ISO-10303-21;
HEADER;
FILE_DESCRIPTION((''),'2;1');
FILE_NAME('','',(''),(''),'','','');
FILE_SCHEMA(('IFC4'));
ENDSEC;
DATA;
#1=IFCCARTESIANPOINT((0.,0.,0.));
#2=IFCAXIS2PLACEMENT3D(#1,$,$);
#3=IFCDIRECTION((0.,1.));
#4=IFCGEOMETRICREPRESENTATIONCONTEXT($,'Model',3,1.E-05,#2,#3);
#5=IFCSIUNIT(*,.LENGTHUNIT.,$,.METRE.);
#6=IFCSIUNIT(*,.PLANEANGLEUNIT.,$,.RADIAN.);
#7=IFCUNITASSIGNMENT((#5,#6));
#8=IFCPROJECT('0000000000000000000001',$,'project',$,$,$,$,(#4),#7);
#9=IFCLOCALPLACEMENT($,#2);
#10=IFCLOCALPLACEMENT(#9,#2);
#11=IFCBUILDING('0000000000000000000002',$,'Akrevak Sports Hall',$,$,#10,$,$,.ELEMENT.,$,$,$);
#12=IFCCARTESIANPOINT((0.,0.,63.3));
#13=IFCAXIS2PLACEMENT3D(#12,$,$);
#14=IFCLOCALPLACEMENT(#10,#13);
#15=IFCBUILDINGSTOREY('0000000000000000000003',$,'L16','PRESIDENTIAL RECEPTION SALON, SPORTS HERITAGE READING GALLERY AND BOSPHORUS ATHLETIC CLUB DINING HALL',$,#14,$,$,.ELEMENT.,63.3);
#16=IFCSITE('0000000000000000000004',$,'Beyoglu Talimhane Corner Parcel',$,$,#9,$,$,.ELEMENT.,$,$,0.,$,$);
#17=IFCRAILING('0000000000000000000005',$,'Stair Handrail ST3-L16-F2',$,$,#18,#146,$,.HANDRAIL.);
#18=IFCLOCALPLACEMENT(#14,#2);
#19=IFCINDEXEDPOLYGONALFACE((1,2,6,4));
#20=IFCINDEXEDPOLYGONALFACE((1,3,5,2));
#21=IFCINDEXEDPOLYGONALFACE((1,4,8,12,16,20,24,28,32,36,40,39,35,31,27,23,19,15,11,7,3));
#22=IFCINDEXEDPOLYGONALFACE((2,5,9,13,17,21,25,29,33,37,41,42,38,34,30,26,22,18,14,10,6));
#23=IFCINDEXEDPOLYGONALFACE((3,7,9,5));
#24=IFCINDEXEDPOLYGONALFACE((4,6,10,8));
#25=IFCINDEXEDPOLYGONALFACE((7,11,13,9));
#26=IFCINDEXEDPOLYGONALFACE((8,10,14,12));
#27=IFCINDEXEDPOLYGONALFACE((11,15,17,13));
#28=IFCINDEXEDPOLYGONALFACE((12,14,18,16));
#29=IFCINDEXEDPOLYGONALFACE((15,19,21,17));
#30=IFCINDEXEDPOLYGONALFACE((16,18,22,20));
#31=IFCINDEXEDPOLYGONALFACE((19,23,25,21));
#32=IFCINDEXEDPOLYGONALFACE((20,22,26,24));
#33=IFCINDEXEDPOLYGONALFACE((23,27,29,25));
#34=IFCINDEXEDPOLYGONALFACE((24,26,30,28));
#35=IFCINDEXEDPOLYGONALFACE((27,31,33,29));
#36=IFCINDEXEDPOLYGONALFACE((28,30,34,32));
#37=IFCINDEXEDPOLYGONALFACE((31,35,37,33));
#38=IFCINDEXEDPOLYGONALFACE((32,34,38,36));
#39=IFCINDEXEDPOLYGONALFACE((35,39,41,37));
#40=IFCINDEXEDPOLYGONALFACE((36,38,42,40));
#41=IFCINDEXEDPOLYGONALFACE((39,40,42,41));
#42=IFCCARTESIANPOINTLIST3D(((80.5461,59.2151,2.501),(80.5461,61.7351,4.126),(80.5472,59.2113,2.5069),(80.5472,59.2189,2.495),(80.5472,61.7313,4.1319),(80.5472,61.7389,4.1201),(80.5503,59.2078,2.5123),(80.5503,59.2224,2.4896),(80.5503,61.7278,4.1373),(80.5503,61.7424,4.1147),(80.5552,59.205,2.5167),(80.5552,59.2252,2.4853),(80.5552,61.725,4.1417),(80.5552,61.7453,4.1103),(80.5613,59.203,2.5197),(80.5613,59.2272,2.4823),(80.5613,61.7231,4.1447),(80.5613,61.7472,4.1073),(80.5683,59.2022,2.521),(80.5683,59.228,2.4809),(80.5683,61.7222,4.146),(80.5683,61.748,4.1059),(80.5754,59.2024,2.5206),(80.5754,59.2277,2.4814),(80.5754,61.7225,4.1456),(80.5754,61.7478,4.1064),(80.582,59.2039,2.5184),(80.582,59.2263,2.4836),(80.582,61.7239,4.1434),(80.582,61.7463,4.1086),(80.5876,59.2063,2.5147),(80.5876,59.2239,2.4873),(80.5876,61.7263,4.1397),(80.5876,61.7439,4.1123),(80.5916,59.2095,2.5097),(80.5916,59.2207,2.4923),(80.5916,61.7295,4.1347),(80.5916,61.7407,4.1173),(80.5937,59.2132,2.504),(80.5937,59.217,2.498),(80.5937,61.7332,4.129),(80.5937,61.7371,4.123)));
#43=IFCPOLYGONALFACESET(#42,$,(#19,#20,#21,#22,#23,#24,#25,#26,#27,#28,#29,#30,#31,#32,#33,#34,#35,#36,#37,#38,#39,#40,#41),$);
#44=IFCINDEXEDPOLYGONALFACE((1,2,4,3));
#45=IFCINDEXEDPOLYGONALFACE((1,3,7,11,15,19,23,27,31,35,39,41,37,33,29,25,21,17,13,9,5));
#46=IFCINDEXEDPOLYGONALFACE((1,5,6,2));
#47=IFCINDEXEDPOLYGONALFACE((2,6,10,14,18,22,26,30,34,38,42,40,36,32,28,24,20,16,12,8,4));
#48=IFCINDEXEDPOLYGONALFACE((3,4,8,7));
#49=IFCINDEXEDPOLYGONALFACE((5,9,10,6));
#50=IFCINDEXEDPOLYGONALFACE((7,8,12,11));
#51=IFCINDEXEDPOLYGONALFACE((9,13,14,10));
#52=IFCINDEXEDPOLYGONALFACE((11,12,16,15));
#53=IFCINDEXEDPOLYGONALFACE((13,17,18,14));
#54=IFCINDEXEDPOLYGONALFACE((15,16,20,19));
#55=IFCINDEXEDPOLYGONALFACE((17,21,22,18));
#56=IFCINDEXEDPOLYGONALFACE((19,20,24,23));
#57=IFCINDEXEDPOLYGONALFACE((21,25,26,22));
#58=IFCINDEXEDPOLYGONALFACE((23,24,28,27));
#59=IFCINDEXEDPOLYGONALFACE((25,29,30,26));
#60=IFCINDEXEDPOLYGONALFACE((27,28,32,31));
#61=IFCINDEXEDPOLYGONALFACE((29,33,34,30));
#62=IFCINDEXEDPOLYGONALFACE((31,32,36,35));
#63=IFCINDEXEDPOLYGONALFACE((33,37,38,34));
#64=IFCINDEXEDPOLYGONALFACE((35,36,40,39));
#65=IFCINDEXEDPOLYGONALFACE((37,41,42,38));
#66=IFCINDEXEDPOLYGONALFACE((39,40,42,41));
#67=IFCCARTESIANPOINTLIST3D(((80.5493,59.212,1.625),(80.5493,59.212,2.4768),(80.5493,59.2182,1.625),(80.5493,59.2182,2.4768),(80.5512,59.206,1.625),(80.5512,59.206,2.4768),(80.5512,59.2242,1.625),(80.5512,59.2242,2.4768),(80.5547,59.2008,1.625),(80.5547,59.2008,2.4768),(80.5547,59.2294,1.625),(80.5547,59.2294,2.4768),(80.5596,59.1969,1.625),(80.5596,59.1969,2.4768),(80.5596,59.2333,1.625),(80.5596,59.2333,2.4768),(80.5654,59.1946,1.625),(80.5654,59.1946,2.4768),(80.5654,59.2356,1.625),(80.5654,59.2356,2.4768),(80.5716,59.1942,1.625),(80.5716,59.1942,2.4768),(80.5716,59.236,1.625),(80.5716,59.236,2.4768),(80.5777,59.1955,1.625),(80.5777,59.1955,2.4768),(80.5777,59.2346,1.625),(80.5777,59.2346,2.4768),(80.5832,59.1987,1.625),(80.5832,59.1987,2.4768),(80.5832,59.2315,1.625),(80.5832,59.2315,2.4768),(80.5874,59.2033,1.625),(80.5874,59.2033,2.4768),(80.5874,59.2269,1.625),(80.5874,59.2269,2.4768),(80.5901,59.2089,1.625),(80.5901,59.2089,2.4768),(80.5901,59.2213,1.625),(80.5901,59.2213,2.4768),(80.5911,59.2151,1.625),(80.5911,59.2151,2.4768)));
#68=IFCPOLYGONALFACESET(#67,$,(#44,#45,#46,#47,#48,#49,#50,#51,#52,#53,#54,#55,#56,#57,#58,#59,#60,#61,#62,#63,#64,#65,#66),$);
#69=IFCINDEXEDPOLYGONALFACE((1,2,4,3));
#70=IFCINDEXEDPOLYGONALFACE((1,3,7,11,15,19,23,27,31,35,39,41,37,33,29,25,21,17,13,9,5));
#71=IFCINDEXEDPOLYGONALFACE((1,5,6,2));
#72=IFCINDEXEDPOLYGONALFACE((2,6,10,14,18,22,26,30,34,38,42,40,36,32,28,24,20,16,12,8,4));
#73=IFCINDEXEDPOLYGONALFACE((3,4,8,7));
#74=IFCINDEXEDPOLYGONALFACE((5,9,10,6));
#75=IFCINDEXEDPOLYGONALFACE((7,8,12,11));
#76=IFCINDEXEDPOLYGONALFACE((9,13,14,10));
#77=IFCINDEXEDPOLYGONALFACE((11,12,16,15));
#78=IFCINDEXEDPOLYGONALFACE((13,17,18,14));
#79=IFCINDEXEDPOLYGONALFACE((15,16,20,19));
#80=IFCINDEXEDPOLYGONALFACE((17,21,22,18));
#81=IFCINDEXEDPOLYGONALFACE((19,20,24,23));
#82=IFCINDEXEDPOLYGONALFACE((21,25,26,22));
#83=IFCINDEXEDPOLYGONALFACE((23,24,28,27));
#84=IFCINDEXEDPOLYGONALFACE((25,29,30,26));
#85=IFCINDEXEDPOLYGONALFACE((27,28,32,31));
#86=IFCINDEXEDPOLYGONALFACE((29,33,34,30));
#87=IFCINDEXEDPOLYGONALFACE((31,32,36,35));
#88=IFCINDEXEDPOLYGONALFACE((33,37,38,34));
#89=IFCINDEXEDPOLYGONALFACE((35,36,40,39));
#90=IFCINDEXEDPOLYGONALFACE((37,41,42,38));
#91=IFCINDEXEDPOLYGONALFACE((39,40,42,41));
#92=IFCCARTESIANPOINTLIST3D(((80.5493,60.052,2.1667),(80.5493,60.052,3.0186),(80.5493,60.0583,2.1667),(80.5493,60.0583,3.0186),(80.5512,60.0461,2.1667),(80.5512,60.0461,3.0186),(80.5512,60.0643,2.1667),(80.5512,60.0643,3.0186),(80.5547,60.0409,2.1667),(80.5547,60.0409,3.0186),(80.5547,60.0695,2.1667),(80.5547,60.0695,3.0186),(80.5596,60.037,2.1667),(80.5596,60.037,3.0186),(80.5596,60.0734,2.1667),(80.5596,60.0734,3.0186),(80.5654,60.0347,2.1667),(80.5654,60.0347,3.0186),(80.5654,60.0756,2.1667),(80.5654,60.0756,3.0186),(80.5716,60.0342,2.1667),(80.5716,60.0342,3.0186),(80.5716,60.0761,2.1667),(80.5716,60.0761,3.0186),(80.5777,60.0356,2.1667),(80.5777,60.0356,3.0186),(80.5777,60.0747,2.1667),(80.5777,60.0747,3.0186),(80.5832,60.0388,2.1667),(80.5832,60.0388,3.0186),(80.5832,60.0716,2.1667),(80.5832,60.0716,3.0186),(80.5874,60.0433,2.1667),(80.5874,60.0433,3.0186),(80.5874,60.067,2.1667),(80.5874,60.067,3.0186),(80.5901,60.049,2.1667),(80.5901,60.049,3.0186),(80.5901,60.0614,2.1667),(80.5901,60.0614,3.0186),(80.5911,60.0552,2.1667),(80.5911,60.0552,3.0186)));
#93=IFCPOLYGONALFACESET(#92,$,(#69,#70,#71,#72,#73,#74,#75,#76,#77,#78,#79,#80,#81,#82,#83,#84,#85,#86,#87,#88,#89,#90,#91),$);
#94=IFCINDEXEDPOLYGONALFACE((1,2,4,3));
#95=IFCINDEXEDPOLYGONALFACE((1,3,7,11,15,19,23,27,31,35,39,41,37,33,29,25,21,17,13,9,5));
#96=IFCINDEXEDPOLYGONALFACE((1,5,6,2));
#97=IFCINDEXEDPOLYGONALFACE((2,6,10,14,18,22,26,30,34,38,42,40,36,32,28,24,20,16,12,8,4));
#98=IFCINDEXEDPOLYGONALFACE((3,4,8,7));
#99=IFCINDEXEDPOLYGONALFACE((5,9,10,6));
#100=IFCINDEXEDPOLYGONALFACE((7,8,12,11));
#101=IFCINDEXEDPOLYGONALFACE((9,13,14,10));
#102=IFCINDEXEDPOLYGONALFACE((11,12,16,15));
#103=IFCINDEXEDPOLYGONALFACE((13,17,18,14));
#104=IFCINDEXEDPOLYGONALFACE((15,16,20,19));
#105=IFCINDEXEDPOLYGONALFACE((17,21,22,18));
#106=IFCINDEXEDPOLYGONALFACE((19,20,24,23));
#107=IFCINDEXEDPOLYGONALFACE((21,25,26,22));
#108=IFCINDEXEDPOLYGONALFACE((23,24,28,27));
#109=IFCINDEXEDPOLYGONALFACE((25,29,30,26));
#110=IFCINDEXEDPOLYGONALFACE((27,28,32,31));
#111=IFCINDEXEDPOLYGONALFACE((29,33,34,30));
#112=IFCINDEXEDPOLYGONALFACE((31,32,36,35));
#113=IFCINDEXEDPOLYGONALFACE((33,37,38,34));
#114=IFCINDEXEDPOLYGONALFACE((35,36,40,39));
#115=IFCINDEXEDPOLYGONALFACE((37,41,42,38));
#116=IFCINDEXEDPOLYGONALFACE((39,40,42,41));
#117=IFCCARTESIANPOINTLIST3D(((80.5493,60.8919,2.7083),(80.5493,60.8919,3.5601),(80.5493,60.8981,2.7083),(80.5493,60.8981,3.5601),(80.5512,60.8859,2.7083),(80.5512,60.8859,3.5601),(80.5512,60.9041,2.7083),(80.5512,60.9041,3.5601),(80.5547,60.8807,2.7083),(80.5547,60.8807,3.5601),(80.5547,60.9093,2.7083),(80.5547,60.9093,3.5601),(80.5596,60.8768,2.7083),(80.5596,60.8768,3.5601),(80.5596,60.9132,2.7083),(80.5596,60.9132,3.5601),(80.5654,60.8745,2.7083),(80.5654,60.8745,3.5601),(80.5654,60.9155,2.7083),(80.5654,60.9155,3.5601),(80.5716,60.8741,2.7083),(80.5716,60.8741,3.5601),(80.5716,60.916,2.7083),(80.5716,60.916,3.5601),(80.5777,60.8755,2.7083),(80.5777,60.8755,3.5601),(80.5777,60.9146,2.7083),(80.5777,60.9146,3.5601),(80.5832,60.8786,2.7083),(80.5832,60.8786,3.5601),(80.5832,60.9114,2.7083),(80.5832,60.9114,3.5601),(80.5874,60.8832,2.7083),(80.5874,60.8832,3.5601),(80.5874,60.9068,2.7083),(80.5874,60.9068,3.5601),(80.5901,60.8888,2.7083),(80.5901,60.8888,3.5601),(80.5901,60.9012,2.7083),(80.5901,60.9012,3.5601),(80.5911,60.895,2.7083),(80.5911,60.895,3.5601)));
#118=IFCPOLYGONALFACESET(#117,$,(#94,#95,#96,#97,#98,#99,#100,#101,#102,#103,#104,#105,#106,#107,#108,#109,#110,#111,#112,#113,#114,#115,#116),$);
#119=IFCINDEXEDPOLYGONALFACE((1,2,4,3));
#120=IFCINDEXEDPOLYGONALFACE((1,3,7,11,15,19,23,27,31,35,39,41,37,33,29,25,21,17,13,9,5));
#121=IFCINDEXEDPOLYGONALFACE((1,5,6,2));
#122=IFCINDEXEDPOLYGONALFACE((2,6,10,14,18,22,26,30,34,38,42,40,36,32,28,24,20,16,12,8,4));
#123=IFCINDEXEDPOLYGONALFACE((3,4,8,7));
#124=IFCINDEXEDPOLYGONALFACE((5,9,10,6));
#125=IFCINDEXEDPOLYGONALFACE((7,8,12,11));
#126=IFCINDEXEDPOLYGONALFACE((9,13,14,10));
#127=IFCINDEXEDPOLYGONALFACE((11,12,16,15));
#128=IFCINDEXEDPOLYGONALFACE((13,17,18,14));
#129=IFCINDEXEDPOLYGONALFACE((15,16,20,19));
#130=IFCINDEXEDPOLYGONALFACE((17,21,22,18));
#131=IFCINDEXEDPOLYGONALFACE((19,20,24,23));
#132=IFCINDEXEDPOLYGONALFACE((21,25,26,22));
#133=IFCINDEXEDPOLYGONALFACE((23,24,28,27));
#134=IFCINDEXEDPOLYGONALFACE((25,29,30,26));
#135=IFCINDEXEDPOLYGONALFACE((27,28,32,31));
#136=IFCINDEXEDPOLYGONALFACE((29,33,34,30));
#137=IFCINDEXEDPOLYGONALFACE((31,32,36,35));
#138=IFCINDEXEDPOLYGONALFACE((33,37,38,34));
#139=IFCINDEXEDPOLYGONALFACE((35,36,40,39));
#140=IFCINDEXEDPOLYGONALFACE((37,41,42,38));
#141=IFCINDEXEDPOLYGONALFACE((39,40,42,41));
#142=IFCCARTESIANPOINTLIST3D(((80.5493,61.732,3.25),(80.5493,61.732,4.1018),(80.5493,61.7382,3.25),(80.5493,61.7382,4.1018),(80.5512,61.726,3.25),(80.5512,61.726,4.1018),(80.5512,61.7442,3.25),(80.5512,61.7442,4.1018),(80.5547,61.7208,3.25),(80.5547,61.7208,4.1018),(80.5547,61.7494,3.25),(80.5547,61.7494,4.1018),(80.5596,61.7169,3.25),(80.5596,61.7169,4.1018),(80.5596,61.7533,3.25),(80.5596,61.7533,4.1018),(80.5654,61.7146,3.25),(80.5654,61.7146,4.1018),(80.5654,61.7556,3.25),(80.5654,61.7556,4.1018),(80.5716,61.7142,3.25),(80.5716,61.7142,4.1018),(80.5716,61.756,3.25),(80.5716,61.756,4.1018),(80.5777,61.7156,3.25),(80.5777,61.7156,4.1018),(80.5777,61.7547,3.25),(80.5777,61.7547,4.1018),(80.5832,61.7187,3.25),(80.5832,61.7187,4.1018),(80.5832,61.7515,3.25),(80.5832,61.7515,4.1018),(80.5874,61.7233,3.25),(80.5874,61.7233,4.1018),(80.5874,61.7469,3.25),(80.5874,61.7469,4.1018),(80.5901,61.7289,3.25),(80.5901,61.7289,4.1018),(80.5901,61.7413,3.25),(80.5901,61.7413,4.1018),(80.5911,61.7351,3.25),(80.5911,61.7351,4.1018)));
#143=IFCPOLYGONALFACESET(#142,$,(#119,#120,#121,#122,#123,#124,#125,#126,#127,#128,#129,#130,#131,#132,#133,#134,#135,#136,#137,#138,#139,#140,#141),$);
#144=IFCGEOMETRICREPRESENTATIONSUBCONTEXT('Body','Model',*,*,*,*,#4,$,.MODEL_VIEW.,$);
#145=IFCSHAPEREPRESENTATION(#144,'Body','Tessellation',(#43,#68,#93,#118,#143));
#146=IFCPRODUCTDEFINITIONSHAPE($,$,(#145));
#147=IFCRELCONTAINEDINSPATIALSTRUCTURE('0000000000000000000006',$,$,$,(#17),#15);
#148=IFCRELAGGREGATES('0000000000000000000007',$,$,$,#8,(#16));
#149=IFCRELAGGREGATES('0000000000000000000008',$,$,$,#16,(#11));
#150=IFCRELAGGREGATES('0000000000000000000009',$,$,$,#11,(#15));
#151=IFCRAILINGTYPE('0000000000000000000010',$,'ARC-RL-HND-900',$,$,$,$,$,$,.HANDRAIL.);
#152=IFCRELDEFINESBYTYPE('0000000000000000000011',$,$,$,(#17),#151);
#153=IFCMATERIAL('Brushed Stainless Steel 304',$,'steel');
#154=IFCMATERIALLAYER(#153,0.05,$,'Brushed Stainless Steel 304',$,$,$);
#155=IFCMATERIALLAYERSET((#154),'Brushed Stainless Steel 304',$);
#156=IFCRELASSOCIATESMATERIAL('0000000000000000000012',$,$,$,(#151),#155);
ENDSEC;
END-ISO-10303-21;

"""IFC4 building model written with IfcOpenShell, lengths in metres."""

from ifc_helpers import new_model, si_unit, direction, frame, origin, origin_2d, place, context, subcontext, project, spatial, circle, extrude, material, layer, layer_set, type_object, element, save


model = new_model("IFC4")

# Units and contexts
model_context = context("Model", 3, precision=1e-05, world=origin(), true_north=direction((0.0, 1.0)))
body_context = subcontext(model_context, "Body", "Model", "MODEL_VIEW")
ifc_project = project(units=[si_unit("LENGTHUNIT", "METRE"), si_unit("PLANEANGLEUNIT", "RADIAN")], contexts=[model_context])

# Site, building, storey
site_placement = place(None, origin())
site = spatial("IfcSite", under=ifc_project, at=site_placement, Name="Beyoglu Talimhane Corner Parcel", CompositionType="ELEMENT", RefElevation=0.0)
building_placement = place(site_placement, origin())
building = spatial("IfcBuilding", under=site, at=building_placement, Name="Akrevak Sports Hall", CompositionType="ELEMENT")
storey_placement = place(building_placement, frame((0.0, 0.0, 63.3)))
storey = spatial("IfcBuildingStorey", under=building, at=storey_placement, Name="L16", Description="PRESIDENTIAL RECEPTION SALON, SPORTS HERITAGE READING GALLERY AND BOSPHORUS ATHLETIC CLUB DINING HALL", CompositionType="ELEMENT", Elevation=63.3)

# Railing
ifc_material_1 = material(Name="Brushed Stainless Steel 304", Category="steel")
ifc_layer_1 = layer(ifc_material_1, 0.05, Name="Brushed Stainless Steel 304")
ifc_layer_set_1 = layer_set([ifc_layer_1], Name="Brushed Stainless Steel 304")
railing_type_1 = type_object("IfcRailingType", Name="ARC-RL-HND-900", PredefinedType="HANDRAIL", material=ifc_layer_set_1)
railing_1_placement = place(storey_placement, frame((80.5701, 59.2151, 1.625)))
element("IfcRailing", 1, at=railing_1_placement, inside=storey, type_object=railing_type_1, Name="Stair Handrail ST3-L16-F2", PredefinedType="HANDRAIL", context=body_context, shape_type="SweptSolid", body=[
    extrude(circle(Radius=0.0239, at=origin_2d()), frame((0.0, 0.0, 0.876), z_axis=(0.0, 0.840421, 0.541934), x_axis=(-1.0, 0.0, 0.0)), (0.0, 0.0, 1.0), 2.9985),
    extrude(circle(Radius=0.021, at=origin_2d()), origin(), (0.0, 0.0, 1.0), 0.8518),
    extrude(circle(Radius=0.021, at=origin_2d()), frame((0.0, 0.8401, 0.5417)), (0.0, 0.0, 1.0), 0.8518),
    extrude(circle(Radius=0.021, at=origin_2d()), frame((0.0, 1.6799, 1.0833)), (0.0, 0.0, 1.0), 0.8518),
    extrude(circle(Radius=0.021, at=origin_2d()), frame((0.0, 2.52, 1.625)), (0.0, 0.0, 1.0), 0.8518),
])

save(model, "model.ifc")
